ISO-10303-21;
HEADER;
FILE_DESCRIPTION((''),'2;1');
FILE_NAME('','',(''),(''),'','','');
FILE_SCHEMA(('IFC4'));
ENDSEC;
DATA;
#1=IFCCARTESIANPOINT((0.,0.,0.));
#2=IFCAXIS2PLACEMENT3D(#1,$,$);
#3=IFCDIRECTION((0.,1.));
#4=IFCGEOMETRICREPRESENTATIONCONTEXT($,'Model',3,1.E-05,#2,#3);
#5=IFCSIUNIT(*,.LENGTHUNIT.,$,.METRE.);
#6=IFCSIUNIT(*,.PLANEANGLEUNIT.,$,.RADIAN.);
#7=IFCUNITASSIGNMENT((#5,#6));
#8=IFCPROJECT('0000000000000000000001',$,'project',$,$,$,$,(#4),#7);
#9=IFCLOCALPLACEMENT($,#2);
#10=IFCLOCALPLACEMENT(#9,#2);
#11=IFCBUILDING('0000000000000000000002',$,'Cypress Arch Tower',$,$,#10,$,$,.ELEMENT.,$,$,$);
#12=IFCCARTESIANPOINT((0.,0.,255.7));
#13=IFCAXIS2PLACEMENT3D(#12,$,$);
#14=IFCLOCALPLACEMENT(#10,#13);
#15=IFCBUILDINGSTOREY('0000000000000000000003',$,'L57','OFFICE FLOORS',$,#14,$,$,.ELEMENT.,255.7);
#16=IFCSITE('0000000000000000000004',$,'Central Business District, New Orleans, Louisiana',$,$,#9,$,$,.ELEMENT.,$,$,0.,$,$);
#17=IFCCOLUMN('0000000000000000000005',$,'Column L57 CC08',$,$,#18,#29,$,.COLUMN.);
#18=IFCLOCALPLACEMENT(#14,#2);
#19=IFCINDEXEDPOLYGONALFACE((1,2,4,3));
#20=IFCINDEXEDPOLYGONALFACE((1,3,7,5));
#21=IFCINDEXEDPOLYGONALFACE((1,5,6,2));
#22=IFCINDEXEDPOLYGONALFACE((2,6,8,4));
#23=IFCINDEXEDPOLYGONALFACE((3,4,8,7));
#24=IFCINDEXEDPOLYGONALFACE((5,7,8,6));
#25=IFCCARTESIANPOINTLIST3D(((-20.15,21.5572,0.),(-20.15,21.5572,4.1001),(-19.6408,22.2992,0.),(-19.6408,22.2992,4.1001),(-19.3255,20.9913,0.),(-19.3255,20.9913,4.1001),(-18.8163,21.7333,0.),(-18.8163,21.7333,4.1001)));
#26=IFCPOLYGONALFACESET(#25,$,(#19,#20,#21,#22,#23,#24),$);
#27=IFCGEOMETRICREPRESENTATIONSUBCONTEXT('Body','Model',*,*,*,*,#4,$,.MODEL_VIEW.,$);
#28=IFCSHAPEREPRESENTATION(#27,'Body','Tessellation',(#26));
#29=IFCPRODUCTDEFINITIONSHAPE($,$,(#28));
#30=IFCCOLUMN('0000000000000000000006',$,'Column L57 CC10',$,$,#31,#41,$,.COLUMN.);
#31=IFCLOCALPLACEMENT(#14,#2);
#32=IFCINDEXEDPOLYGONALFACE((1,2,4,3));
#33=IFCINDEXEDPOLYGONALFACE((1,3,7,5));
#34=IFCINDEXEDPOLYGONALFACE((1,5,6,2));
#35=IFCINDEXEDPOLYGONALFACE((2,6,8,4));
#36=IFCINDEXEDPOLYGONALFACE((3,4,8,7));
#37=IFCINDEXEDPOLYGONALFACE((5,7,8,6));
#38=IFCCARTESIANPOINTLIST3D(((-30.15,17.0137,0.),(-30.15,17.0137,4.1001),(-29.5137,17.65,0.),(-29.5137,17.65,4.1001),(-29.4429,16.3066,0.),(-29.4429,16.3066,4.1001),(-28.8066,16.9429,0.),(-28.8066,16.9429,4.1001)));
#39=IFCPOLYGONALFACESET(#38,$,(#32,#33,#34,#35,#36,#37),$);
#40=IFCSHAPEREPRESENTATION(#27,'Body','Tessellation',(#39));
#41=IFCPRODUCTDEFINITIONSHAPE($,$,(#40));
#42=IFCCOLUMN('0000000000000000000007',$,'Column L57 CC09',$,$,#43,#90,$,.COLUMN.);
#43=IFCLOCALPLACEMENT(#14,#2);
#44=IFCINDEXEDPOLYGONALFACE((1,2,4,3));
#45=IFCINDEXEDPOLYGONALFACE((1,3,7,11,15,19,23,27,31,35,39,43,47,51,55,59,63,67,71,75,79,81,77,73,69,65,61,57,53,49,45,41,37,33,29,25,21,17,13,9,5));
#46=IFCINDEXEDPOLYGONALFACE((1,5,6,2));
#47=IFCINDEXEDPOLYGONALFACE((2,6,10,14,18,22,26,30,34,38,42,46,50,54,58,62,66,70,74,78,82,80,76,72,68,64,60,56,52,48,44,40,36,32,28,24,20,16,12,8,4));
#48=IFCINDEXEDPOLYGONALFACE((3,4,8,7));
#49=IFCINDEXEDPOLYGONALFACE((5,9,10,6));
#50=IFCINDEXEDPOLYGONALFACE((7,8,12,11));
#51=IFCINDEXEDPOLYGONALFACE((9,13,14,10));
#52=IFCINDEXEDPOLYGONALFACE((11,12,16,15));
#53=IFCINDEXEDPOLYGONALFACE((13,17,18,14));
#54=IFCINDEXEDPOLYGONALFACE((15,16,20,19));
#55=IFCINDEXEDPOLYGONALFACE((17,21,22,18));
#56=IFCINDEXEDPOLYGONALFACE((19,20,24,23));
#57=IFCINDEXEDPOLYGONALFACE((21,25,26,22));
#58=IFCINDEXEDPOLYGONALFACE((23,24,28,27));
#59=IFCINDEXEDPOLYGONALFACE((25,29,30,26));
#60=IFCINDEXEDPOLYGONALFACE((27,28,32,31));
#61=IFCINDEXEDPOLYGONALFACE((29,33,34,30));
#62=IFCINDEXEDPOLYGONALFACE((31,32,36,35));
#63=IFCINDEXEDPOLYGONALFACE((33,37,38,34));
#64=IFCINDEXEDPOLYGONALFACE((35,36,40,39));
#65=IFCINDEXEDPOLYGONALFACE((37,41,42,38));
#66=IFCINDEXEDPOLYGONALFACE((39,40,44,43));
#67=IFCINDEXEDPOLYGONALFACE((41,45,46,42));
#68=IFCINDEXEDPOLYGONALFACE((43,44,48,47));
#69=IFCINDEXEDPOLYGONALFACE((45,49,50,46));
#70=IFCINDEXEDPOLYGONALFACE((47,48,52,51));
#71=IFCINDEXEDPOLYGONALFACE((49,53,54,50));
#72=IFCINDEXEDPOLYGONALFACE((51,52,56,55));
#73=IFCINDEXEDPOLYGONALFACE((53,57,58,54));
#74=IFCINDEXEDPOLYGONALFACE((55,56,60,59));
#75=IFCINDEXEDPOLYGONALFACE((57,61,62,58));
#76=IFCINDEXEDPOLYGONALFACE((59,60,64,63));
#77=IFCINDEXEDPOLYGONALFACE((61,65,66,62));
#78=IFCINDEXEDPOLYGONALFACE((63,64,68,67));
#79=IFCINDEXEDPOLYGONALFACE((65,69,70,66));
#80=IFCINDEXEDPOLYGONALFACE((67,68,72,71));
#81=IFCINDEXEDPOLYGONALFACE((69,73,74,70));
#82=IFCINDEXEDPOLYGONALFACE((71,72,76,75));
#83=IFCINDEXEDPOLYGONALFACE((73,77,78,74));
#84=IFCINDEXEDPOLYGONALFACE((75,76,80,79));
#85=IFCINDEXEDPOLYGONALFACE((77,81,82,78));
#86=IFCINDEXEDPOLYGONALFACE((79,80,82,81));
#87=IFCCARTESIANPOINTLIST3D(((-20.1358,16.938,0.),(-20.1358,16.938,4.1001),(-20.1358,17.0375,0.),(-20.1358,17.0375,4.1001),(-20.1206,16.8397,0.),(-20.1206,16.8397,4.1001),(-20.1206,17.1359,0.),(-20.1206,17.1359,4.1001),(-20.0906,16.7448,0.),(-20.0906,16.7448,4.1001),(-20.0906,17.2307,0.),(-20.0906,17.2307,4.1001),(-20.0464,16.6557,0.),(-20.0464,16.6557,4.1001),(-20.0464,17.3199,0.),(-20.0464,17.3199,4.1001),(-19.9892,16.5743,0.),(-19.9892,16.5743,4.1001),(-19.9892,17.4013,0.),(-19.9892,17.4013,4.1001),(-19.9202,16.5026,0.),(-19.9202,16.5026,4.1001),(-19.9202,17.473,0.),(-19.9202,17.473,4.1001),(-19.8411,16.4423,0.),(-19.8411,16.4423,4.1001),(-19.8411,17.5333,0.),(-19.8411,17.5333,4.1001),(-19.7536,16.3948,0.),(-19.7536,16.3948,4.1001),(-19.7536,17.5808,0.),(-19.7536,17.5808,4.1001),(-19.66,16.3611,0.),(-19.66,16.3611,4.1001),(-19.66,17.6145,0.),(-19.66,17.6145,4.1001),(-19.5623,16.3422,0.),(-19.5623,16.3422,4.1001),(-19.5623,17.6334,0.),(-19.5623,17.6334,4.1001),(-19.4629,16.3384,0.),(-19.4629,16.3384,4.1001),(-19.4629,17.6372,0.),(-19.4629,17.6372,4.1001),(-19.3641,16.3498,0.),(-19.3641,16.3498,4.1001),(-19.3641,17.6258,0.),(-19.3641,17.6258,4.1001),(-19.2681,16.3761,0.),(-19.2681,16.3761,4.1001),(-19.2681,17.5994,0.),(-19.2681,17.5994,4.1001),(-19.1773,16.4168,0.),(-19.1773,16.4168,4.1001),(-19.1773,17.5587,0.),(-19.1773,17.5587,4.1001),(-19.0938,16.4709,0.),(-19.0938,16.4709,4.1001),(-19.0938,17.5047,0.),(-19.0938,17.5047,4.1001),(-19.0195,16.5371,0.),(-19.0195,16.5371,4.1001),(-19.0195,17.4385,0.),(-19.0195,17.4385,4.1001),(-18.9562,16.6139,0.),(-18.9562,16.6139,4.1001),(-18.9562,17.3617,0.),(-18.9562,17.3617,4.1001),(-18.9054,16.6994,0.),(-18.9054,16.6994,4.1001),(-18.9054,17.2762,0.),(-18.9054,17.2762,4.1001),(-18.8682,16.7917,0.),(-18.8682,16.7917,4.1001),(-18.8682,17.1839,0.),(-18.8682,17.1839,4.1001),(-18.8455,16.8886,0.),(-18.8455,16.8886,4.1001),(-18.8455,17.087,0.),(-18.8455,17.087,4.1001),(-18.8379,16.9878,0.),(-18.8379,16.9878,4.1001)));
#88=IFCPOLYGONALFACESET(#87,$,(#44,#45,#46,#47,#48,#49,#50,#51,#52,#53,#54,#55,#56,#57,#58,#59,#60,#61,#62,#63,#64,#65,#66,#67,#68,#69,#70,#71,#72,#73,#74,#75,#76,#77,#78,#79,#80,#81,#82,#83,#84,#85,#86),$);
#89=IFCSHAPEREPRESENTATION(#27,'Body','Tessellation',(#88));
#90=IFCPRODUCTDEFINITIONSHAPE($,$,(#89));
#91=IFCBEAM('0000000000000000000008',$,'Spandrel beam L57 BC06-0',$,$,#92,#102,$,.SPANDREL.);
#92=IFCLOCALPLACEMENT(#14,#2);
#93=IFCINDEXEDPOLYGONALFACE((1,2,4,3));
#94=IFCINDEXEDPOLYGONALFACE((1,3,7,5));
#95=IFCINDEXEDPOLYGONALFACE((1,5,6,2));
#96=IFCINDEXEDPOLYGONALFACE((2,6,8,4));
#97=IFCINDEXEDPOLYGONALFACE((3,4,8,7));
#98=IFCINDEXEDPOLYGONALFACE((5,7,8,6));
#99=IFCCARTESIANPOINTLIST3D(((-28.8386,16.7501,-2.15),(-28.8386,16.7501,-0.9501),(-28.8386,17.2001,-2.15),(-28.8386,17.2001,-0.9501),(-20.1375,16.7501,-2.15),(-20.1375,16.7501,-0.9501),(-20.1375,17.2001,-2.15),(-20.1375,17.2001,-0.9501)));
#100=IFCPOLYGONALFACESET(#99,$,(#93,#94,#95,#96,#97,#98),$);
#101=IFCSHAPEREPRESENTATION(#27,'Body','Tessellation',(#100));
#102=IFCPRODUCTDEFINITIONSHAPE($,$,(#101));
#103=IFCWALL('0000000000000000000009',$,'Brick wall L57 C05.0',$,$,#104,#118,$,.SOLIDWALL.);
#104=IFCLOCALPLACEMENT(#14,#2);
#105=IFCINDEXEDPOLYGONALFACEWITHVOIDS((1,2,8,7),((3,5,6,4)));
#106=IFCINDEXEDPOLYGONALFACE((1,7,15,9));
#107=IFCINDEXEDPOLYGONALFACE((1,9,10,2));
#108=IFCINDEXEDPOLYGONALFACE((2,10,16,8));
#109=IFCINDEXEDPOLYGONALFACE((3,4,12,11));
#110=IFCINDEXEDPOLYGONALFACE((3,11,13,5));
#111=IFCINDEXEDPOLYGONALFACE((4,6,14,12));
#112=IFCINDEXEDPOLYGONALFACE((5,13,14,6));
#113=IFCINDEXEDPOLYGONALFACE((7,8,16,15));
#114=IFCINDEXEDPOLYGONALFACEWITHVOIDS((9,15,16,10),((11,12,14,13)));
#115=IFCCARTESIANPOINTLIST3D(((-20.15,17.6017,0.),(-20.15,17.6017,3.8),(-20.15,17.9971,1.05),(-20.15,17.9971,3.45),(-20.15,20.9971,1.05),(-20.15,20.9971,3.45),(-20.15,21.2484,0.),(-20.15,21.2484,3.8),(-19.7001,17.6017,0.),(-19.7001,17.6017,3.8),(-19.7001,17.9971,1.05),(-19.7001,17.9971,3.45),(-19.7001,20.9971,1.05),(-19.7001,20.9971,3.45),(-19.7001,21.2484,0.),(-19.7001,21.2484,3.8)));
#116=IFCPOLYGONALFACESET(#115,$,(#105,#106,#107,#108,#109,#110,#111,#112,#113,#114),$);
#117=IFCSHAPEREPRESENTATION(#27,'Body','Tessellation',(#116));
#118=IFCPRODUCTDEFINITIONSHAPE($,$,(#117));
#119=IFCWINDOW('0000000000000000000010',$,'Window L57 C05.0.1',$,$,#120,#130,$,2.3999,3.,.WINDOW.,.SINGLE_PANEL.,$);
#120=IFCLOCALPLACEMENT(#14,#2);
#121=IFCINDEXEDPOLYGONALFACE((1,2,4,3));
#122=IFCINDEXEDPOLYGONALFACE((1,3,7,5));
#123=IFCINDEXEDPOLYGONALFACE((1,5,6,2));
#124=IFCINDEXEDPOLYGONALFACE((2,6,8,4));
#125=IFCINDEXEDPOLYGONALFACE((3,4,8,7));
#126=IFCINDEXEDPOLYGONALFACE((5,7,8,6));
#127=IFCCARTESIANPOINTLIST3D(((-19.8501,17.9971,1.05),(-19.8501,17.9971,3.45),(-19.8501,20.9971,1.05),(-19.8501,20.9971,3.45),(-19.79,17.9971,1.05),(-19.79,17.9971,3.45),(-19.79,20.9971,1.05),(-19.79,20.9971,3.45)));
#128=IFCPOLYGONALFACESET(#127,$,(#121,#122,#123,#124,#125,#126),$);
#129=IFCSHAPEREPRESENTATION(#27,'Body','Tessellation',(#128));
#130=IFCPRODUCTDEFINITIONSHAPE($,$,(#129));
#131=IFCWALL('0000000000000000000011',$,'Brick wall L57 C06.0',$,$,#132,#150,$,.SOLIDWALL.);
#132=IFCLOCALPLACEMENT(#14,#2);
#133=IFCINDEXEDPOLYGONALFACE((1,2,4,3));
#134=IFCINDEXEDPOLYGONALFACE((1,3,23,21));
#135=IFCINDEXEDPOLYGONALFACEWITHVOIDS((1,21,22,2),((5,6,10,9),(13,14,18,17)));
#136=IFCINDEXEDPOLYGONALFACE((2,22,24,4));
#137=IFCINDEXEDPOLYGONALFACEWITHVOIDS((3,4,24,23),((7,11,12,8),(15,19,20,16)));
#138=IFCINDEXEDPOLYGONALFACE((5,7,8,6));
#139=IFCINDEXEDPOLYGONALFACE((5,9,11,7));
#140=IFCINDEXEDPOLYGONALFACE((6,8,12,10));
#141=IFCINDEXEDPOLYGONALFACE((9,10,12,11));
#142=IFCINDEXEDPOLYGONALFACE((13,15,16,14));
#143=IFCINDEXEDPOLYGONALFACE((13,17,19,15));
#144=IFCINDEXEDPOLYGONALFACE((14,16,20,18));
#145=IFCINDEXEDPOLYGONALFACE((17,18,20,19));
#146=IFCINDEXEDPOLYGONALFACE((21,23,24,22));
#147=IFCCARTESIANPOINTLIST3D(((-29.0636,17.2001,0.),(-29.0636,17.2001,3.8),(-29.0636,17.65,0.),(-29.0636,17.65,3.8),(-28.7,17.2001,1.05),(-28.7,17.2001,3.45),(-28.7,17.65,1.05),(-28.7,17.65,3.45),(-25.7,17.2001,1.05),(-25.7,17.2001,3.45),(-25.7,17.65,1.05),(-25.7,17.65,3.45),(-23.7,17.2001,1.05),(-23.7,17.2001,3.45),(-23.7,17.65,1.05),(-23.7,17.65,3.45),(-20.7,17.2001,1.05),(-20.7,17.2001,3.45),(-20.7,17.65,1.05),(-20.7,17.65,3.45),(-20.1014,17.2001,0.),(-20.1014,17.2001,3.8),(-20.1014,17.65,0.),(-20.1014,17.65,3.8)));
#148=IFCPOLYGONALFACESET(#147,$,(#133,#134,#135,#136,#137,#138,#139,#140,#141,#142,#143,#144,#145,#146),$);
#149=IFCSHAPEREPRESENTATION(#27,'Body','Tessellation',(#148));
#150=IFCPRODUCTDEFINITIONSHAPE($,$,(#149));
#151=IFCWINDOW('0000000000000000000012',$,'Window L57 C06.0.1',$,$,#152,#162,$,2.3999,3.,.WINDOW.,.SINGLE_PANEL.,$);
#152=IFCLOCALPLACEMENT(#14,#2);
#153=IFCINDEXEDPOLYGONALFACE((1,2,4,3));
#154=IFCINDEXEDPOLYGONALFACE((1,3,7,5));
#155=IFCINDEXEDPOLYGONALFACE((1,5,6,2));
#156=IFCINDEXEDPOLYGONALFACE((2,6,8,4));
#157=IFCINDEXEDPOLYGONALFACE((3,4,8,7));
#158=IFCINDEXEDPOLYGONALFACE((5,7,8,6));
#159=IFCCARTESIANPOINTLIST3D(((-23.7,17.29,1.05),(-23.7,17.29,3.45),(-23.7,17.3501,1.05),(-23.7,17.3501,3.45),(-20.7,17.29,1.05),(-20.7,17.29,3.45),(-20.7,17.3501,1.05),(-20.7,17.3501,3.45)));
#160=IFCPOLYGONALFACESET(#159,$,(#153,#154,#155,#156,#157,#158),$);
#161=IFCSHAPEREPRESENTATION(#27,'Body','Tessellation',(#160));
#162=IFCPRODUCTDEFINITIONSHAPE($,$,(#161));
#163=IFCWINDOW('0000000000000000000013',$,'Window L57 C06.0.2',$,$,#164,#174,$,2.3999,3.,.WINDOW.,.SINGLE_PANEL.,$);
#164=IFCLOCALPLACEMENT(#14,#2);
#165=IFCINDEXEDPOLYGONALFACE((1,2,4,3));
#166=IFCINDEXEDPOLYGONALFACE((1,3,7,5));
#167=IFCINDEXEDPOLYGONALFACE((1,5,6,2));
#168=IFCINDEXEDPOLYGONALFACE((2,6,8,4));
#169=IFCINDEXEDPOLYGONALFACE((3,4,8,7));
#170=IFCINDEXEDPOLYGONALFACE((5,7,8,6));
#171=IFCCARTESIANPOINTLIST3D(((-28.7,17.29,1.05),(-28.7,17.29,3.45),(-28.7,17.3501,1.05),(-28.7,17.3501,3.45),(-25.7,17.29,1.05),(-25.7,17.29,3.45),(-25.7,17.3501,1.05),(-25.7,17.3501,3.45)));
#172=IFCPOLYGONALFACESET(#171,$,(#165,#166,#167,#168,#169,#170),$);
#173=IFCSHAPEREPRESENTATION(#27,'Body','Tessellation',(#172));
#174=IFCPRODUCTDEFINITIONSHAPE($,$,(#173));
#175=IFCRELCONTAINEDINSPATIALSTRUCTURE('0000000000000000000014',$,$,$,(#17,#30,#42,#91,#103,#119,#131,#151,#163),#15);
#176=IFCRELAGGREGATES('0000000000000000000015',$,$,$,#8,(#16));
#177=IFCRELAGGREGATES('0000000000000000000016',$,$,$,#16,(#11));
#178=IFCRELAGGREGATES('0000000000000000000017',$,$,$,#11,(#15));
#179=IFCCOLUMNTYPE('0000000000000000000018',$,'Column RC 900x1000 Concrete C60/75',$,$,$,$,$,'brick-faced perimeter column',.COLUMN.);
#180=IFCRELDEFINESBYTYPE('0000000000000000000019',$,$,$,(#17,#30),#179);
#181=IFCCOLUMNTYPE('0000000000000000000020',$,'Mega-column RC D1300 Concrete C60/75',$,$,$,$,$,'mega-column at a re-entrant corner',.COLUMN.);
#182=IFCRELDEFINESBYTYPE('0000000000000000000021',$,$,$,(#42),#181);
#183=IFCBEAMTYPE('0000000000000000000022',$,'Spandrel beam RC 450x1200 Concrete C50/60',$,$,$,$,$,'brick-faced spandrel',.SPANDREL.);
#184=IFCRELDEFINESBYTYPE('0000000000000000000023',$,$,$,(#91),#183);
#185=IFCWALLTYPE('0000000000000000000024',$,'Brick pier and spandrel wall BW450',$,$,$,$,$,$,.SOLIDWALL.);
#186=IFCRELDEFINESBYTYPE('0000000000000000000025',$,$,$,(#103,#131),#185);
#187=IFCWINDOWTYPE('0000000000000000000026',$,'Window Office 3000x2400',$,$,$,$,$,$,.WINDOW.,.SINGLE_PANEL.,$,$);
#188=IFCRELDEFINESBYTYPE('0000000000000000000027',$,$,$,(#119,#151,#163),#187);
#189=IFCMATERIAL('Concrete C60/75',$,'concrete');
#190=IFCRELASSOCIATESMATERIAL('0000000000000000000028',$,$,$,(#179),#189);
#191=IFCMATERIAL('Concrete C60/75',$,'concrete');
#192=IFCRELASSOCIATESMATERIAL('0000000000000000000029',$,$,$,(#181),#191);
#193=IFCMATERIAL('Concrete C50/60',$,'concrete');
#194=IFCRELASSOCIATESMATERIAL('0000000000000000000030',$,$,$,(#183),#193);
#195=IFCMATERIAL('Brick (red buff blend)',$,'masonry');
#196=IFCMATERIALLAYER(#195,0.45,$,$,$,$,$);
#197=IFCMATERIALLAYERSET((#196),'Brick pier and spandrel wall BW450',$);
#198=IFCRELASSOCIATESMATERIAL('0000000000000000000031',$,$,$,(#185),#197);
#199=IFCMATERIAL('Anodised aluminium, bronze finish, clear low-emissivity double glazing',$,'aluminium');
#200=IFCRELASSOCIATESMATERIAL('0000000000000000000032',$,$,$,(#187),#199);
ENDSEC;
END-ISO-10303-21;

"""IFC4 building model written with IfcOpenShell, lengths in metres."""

from ifc_helpers import new_model, si_unit, direction, frame, frame_2d, origin, origin_2d, place, context, subcontext, project, spatial, rectangle, circle, extrude, material, layer, layer_set, material_profile, profile_set, type_object, element, fill, save


model = new_model("IFC4")

# Units and contexts
model_context = context("Model", 3, precision=1e-05, world=origin(), true_north=direction((0.0, 1.0)))
body_context = subcontext(model_context, "Body", "Model", "MODEL_VIEW")
ifc_project = project(units=[si_unit("LENGTHUNIT", "METRE"), si_unit("PLANEANGLEUNIT", "RADIAN")], contexts=[model_context])

# Site, building, storey
site_placement = place(None, origin())
site = spatial("IfcSite", under=ifc_project, at=site_placement, Name="Central Business District, New Orleans, Louisiana", CompositionType="ELEMENT", RefElevation=0.0)
building_placement = place(site_placement, origin())
building = spatial("IfcBuilding", under=site, at=building_placement, Name="Cypress Arch Tower", CompositionType="ELEMENT")
storey_placement = place(building_placement, frame((0.0, 0.0, 255.7)))
storey = spatial("IfcBuildingStorey", under=building, at=storey_placement, Name="L57", Description="OFFICE FLOORS", CompositionType="ELEMENT", Elevation=255.7)

# Columns
ifc_material_1 = material(Name="Concrete C60/75", Category="concrete")
ifc_material_profile_1 = material_profile(ifc_material_1, rectangle(XDim=0.8999, YDim=1.0, at=origin_2d()), Name="RC 900x1000")
ifc_profile_set_1 = profile_set([ifc_material_profile_1], Name="Concrete C60/75")
column_type_1 = type_object("IfcColumnType", Name="Column RC 900x1000 Concrete C60/75", ElementType="brick-faced perimeter column", PredefinedType="COLUMN", material=ifc_profile_set_1)
for number, where, z_axis, x_axis, name in (
    (1, (-19.4832, 21.6453, 0.0), (0.0, 0.0, 1.0), (-0.565893, -0.824479, 0.0), "Column L57 CC08"),
    (2, (-29.4783, 16.9783, 0.0), (0.0, 0.0, 1.0), (-0.707107, -0.707107, 0.0), "Column L57 CC10"),
):
    element("IfcColumn", number, at=place(storey_placement, frame(where, z_axis=z_axis, x_axis=x_axis)), inside=storey, type_object=column_type_1, Name=name, PredefinedType="COLUMN", context=body_context, shape_type="SweptSolid", body=[
        extrude(rectangle(XDim=0.8999, YDim=1.0, at=origin_2d()), origin(), (0.0, 0.0, 1.0), 4.1001),
    ])
ifc_material_2 = material(Name="Concrete C60/75", Category="concrete")
ifc_material_profile_2 = material_profile(ifc_material_2, circle(Radius=0.6499, at=origin_2d()), Name="RC D1300")
ifc_profile_set_2 = profile_set([ifc_material_profile_2], Name="Concrete C60/75")
column_type_2 = type_object("IfcColumnType", Name="Mega-column RC D1300 Concrete C60/75", ElementType="mega-column at a re-entrant corner", PredefinedType="COLUMN", material=ifc_profile_set_2)
column_placement = place(storey_placement, frame((-19.4878, 16.9878, 0.0), z_axis=(0.0, 0.0, 1.0), x_axis=(1.0, 0.0, 0.0)))
element("IfcColumn", 3, at=column_placement, inside=storey, type_object=column_type_2, Name="Column L57 CC09", PredefinedType="COLUMN", context=body_context, shape_type="SweptSolid", body=[
    extrude(circle(Radius=0.6499, at=origin_2d()), origin(), (0.0, 0.0, 1.0), 4.1001),
])

# Beam
ifc_material_3 = material(Name="Concrete C50/60", Category="concrete")
ifc_material_profile_3 = material_profile(ifc_material_3, rectangle(XDim=0.45, YDim=1.2, at=origin_2d()), Name="RC 450x1200")
ifc_profile_set_3 = profile_set([ifc_material_profile_3], Name="Concrete C50/60")
beam_type = type_object("IfcBeamType", Name="Spandrel beam RC 450x1200 Concrete C50/60", ElementType="brick-faced spandrel", PredefinedType="SPANDREL", material=ifc_profile_set_3)
beam_placement = place(storey_placement, frame((-20.1375, 16.9751, -1.55), z_axis=(-1.0, 0.0, 0.0), x_axis=(0.0, -1.0, 0.0)))
element("IfcBeam", 4, at=beam_placement, inside=storey, type_object=beam_type, Name="Spandrel beam L57 BC06-0", PredefinedType="SPANDREL", context=body_context, shape_type="SweptSolid", body=[
    extrude(rectangle(XDim=0.45, YDim=1.2, at=origin_2d()), origin(), (0.0, 0.0, 1.0), 8.7012),
])

# Wall, opening, window
ifc_material_4 = material(Name="Brick (red buff blend)", Category="masonry")
ifc_layer_1 = layer(ifc_material_4, 0.45)
ifc_layer_set_1 = layer_set([ifc_layer_1], Name="Brick pier and spandrel wall BW450")
wall_type_1 = type_object("IfcWallType", Name="Brick pier and spandrel wall BW450", PredefinedType="SOLIDWALL", material=ifc_layer_set_1)
wall_1_placement = place(storey_placement, frame((-19.925, 21.2483, 0.0), z_axis=(0.0, 0.0, 1.0), x_axis=(0.0, -1.0, 0.0)))
wall_1 = element("IfcWall", 5, at=wall_1_placement, inside=storey, type_object=wall_type_1, Name="Brick wall L57 C05.0", PredefinedType="SOLIDWALL", context=body_context, shape_type="SweptSolid", body=[
    extrude(rectangle(XDim=3.6467, YDim=0.45, at=frame_2d((1.8232, 0.0))), origin(), (0.0, 0.0, 1.0), 3.8),
])
opening_1_placement = place(wall_1_placement, frame((0.2512, 0.0, 1.05)))
opening_1 = element("IfcOpeningElement", 6, at=opening_1_placement, cuts=wall_1, PredefinedType="OPENING", context=body_context, shape_type="SweptSolid", body=[
    extrude(rectangle(XDim=3.0, YDim=2.3999, at=frame_2d((1.5, 1.2))), frame((0.0, 0.2349, 0.0), z_axis=(0.0, -1.0, 0.0), x_axis=(1.0, 0.0, 0.0)), (0.0, 0.0, 1.0), 0.47),
])
ifc_material_5 = material(Name="Anodised aluminium, bronze finish, clear low-emissivity double glazing", Category="aluminium")
window_type = type_object("IfcWindowType", Name="Window Office 3000x2400", PartitioningType="SINGLE_PANEL", PredefinedType="WINDOW", material=ifc_material_5)
window_1_placement = place(opening_1_placement, origin())
window_1 = element("IfcWindow", 7, at=window_1_placement, inside=storey, type_object=window_type, Name="Window L57 C05.0.1", OverallHeight=2.3999, OverallWidth=3.0, PartitioningType="SINGLE_PANEL", PredefinedType="WINDOW", context=body_context, shape_type="SweptSolid", body=[
    extrude(rectangle(XDim=3.0, YDim=2.3999, at=frame_2d((1.5, 1.2))), frame((0.0, 0.135, 0.0), z_axis=(0.0, -1.0, 0.0), x_axis=(1.0, 0.0, 0.0)), (0.0, 0.0, 1.0), 0.0601),
])
fill(opening_1, window_1)

# Wall, openings, windows
wall_2_placement = place(storey_placement, frame((-20.1016, 17.425, 0.0), z_axis=(0.0, 0.0, 1.0), x_axis=(-1.0, 0.0, 0.0)))
wall_2 = element("IfcWall", 8, at=wall_2_placement, inside=storey, type_object=wall_type_1, Name="Brick wall L57 C06.0", PredefinedType="SOLIDWALL", context=body_context, shape_type="SweptSolid", body=[
    extrude(rectangle(XDim=8.9622, YDim=0.45, at=frame_2d((4.481, 0.0))), origin(), (0.0, 0.0, 1.0), 3.8),
])
opening_2_placement = place(wall_2_placement, frame((0.5984, 0.0, 1.05)))
opening_2 = element("IfcOpeningElement", 9, at=opening_2_placement, cuts=wall_2, PredefinedType="OPENING", context=body_context, shape_type="SweptSolid", body=[
    extrude(rectangle(XDim=3.0, YDim=2.3999, at=frame_2d((1.5, 1.2))), frame((0.0, 0.2349, 0.0), z_axis=(0.0, -1.0, 0.0), x_axis=(1.0, 0.0, 0.0)), (0.0, 0.0, 1.0), 0.47),
])
opening_3_placement = place(wall_2_placement, frame((5.5984, 0.0, 1.05)))
opening_3 = element("IfcOpeningElement", 10, at=opening_3_placement, cuts=wall_2, PredefinedType="OPENING", context=body_context, shape_type="SweptSolid", body=[
    extrude(rectangle(XDim=3.0, YDim=2.3999, at=frame_2d((1.5, 1.2))), frame((0.0, 0.2349, 0.0), z_axis=(0.0, -1.0, 0.0), x_axis=(1.0, 0.0, 0.0)), (0.0, 0.0, 1.0), 0.47),
])
window_2_placement = place(opening_2_placement, origin())
window_2 = element("IfcWindow", 11, at=window_2_placement, inside=storey, type_object=window_type, Name="Window L57 C06.0.1", OverallHeight=2.3999, OverallWidth=3.0, PartitioningType="SINGLE_PANEL", PredefinedType="WINDOW", context=body_context, shape_type="SweptSolid", body=[
    extrude(rectangle(XDim=3.0, YDim=2.3999, at=frame_2d((1.5, 1.2))), frame((0.0, 0.135, 0.0), z_axis=(0.0, -1.0, 0.0), x_axis=(1.0, 0.0, 0.0)), (0.0, 0.0, 1.0), 0.0601),
])
fill(opening_2, window_2)
window_3_placement = place(opening_3_placement, origin())
window_3 = element("IfcWindow", 12, at=window_3_placement, inside=storey, type_object=window_type, Name="Window L57 C06.0.2", OverallHeight=2.3999, OverallWidth=3.0, PartitioningType="SINGLE_PANEL", PredefinedType="WINDOW", context=body_context, shape_type="SweptSolid", body=[
    extrude(rectangle(XDim=3.0, YDim=2.3999, at=frame_2d((1.5, 1.2))), frame((0.0, 0.135, 0.0), z_axis=(0.0, -1.0, 0.0), x_axis=(1.0, 0.0, 0.0)), (0.0, 0.0, 1.0), 0.0601),
])
fill(opening_3, window_3)

save(model, "model.ifc")
